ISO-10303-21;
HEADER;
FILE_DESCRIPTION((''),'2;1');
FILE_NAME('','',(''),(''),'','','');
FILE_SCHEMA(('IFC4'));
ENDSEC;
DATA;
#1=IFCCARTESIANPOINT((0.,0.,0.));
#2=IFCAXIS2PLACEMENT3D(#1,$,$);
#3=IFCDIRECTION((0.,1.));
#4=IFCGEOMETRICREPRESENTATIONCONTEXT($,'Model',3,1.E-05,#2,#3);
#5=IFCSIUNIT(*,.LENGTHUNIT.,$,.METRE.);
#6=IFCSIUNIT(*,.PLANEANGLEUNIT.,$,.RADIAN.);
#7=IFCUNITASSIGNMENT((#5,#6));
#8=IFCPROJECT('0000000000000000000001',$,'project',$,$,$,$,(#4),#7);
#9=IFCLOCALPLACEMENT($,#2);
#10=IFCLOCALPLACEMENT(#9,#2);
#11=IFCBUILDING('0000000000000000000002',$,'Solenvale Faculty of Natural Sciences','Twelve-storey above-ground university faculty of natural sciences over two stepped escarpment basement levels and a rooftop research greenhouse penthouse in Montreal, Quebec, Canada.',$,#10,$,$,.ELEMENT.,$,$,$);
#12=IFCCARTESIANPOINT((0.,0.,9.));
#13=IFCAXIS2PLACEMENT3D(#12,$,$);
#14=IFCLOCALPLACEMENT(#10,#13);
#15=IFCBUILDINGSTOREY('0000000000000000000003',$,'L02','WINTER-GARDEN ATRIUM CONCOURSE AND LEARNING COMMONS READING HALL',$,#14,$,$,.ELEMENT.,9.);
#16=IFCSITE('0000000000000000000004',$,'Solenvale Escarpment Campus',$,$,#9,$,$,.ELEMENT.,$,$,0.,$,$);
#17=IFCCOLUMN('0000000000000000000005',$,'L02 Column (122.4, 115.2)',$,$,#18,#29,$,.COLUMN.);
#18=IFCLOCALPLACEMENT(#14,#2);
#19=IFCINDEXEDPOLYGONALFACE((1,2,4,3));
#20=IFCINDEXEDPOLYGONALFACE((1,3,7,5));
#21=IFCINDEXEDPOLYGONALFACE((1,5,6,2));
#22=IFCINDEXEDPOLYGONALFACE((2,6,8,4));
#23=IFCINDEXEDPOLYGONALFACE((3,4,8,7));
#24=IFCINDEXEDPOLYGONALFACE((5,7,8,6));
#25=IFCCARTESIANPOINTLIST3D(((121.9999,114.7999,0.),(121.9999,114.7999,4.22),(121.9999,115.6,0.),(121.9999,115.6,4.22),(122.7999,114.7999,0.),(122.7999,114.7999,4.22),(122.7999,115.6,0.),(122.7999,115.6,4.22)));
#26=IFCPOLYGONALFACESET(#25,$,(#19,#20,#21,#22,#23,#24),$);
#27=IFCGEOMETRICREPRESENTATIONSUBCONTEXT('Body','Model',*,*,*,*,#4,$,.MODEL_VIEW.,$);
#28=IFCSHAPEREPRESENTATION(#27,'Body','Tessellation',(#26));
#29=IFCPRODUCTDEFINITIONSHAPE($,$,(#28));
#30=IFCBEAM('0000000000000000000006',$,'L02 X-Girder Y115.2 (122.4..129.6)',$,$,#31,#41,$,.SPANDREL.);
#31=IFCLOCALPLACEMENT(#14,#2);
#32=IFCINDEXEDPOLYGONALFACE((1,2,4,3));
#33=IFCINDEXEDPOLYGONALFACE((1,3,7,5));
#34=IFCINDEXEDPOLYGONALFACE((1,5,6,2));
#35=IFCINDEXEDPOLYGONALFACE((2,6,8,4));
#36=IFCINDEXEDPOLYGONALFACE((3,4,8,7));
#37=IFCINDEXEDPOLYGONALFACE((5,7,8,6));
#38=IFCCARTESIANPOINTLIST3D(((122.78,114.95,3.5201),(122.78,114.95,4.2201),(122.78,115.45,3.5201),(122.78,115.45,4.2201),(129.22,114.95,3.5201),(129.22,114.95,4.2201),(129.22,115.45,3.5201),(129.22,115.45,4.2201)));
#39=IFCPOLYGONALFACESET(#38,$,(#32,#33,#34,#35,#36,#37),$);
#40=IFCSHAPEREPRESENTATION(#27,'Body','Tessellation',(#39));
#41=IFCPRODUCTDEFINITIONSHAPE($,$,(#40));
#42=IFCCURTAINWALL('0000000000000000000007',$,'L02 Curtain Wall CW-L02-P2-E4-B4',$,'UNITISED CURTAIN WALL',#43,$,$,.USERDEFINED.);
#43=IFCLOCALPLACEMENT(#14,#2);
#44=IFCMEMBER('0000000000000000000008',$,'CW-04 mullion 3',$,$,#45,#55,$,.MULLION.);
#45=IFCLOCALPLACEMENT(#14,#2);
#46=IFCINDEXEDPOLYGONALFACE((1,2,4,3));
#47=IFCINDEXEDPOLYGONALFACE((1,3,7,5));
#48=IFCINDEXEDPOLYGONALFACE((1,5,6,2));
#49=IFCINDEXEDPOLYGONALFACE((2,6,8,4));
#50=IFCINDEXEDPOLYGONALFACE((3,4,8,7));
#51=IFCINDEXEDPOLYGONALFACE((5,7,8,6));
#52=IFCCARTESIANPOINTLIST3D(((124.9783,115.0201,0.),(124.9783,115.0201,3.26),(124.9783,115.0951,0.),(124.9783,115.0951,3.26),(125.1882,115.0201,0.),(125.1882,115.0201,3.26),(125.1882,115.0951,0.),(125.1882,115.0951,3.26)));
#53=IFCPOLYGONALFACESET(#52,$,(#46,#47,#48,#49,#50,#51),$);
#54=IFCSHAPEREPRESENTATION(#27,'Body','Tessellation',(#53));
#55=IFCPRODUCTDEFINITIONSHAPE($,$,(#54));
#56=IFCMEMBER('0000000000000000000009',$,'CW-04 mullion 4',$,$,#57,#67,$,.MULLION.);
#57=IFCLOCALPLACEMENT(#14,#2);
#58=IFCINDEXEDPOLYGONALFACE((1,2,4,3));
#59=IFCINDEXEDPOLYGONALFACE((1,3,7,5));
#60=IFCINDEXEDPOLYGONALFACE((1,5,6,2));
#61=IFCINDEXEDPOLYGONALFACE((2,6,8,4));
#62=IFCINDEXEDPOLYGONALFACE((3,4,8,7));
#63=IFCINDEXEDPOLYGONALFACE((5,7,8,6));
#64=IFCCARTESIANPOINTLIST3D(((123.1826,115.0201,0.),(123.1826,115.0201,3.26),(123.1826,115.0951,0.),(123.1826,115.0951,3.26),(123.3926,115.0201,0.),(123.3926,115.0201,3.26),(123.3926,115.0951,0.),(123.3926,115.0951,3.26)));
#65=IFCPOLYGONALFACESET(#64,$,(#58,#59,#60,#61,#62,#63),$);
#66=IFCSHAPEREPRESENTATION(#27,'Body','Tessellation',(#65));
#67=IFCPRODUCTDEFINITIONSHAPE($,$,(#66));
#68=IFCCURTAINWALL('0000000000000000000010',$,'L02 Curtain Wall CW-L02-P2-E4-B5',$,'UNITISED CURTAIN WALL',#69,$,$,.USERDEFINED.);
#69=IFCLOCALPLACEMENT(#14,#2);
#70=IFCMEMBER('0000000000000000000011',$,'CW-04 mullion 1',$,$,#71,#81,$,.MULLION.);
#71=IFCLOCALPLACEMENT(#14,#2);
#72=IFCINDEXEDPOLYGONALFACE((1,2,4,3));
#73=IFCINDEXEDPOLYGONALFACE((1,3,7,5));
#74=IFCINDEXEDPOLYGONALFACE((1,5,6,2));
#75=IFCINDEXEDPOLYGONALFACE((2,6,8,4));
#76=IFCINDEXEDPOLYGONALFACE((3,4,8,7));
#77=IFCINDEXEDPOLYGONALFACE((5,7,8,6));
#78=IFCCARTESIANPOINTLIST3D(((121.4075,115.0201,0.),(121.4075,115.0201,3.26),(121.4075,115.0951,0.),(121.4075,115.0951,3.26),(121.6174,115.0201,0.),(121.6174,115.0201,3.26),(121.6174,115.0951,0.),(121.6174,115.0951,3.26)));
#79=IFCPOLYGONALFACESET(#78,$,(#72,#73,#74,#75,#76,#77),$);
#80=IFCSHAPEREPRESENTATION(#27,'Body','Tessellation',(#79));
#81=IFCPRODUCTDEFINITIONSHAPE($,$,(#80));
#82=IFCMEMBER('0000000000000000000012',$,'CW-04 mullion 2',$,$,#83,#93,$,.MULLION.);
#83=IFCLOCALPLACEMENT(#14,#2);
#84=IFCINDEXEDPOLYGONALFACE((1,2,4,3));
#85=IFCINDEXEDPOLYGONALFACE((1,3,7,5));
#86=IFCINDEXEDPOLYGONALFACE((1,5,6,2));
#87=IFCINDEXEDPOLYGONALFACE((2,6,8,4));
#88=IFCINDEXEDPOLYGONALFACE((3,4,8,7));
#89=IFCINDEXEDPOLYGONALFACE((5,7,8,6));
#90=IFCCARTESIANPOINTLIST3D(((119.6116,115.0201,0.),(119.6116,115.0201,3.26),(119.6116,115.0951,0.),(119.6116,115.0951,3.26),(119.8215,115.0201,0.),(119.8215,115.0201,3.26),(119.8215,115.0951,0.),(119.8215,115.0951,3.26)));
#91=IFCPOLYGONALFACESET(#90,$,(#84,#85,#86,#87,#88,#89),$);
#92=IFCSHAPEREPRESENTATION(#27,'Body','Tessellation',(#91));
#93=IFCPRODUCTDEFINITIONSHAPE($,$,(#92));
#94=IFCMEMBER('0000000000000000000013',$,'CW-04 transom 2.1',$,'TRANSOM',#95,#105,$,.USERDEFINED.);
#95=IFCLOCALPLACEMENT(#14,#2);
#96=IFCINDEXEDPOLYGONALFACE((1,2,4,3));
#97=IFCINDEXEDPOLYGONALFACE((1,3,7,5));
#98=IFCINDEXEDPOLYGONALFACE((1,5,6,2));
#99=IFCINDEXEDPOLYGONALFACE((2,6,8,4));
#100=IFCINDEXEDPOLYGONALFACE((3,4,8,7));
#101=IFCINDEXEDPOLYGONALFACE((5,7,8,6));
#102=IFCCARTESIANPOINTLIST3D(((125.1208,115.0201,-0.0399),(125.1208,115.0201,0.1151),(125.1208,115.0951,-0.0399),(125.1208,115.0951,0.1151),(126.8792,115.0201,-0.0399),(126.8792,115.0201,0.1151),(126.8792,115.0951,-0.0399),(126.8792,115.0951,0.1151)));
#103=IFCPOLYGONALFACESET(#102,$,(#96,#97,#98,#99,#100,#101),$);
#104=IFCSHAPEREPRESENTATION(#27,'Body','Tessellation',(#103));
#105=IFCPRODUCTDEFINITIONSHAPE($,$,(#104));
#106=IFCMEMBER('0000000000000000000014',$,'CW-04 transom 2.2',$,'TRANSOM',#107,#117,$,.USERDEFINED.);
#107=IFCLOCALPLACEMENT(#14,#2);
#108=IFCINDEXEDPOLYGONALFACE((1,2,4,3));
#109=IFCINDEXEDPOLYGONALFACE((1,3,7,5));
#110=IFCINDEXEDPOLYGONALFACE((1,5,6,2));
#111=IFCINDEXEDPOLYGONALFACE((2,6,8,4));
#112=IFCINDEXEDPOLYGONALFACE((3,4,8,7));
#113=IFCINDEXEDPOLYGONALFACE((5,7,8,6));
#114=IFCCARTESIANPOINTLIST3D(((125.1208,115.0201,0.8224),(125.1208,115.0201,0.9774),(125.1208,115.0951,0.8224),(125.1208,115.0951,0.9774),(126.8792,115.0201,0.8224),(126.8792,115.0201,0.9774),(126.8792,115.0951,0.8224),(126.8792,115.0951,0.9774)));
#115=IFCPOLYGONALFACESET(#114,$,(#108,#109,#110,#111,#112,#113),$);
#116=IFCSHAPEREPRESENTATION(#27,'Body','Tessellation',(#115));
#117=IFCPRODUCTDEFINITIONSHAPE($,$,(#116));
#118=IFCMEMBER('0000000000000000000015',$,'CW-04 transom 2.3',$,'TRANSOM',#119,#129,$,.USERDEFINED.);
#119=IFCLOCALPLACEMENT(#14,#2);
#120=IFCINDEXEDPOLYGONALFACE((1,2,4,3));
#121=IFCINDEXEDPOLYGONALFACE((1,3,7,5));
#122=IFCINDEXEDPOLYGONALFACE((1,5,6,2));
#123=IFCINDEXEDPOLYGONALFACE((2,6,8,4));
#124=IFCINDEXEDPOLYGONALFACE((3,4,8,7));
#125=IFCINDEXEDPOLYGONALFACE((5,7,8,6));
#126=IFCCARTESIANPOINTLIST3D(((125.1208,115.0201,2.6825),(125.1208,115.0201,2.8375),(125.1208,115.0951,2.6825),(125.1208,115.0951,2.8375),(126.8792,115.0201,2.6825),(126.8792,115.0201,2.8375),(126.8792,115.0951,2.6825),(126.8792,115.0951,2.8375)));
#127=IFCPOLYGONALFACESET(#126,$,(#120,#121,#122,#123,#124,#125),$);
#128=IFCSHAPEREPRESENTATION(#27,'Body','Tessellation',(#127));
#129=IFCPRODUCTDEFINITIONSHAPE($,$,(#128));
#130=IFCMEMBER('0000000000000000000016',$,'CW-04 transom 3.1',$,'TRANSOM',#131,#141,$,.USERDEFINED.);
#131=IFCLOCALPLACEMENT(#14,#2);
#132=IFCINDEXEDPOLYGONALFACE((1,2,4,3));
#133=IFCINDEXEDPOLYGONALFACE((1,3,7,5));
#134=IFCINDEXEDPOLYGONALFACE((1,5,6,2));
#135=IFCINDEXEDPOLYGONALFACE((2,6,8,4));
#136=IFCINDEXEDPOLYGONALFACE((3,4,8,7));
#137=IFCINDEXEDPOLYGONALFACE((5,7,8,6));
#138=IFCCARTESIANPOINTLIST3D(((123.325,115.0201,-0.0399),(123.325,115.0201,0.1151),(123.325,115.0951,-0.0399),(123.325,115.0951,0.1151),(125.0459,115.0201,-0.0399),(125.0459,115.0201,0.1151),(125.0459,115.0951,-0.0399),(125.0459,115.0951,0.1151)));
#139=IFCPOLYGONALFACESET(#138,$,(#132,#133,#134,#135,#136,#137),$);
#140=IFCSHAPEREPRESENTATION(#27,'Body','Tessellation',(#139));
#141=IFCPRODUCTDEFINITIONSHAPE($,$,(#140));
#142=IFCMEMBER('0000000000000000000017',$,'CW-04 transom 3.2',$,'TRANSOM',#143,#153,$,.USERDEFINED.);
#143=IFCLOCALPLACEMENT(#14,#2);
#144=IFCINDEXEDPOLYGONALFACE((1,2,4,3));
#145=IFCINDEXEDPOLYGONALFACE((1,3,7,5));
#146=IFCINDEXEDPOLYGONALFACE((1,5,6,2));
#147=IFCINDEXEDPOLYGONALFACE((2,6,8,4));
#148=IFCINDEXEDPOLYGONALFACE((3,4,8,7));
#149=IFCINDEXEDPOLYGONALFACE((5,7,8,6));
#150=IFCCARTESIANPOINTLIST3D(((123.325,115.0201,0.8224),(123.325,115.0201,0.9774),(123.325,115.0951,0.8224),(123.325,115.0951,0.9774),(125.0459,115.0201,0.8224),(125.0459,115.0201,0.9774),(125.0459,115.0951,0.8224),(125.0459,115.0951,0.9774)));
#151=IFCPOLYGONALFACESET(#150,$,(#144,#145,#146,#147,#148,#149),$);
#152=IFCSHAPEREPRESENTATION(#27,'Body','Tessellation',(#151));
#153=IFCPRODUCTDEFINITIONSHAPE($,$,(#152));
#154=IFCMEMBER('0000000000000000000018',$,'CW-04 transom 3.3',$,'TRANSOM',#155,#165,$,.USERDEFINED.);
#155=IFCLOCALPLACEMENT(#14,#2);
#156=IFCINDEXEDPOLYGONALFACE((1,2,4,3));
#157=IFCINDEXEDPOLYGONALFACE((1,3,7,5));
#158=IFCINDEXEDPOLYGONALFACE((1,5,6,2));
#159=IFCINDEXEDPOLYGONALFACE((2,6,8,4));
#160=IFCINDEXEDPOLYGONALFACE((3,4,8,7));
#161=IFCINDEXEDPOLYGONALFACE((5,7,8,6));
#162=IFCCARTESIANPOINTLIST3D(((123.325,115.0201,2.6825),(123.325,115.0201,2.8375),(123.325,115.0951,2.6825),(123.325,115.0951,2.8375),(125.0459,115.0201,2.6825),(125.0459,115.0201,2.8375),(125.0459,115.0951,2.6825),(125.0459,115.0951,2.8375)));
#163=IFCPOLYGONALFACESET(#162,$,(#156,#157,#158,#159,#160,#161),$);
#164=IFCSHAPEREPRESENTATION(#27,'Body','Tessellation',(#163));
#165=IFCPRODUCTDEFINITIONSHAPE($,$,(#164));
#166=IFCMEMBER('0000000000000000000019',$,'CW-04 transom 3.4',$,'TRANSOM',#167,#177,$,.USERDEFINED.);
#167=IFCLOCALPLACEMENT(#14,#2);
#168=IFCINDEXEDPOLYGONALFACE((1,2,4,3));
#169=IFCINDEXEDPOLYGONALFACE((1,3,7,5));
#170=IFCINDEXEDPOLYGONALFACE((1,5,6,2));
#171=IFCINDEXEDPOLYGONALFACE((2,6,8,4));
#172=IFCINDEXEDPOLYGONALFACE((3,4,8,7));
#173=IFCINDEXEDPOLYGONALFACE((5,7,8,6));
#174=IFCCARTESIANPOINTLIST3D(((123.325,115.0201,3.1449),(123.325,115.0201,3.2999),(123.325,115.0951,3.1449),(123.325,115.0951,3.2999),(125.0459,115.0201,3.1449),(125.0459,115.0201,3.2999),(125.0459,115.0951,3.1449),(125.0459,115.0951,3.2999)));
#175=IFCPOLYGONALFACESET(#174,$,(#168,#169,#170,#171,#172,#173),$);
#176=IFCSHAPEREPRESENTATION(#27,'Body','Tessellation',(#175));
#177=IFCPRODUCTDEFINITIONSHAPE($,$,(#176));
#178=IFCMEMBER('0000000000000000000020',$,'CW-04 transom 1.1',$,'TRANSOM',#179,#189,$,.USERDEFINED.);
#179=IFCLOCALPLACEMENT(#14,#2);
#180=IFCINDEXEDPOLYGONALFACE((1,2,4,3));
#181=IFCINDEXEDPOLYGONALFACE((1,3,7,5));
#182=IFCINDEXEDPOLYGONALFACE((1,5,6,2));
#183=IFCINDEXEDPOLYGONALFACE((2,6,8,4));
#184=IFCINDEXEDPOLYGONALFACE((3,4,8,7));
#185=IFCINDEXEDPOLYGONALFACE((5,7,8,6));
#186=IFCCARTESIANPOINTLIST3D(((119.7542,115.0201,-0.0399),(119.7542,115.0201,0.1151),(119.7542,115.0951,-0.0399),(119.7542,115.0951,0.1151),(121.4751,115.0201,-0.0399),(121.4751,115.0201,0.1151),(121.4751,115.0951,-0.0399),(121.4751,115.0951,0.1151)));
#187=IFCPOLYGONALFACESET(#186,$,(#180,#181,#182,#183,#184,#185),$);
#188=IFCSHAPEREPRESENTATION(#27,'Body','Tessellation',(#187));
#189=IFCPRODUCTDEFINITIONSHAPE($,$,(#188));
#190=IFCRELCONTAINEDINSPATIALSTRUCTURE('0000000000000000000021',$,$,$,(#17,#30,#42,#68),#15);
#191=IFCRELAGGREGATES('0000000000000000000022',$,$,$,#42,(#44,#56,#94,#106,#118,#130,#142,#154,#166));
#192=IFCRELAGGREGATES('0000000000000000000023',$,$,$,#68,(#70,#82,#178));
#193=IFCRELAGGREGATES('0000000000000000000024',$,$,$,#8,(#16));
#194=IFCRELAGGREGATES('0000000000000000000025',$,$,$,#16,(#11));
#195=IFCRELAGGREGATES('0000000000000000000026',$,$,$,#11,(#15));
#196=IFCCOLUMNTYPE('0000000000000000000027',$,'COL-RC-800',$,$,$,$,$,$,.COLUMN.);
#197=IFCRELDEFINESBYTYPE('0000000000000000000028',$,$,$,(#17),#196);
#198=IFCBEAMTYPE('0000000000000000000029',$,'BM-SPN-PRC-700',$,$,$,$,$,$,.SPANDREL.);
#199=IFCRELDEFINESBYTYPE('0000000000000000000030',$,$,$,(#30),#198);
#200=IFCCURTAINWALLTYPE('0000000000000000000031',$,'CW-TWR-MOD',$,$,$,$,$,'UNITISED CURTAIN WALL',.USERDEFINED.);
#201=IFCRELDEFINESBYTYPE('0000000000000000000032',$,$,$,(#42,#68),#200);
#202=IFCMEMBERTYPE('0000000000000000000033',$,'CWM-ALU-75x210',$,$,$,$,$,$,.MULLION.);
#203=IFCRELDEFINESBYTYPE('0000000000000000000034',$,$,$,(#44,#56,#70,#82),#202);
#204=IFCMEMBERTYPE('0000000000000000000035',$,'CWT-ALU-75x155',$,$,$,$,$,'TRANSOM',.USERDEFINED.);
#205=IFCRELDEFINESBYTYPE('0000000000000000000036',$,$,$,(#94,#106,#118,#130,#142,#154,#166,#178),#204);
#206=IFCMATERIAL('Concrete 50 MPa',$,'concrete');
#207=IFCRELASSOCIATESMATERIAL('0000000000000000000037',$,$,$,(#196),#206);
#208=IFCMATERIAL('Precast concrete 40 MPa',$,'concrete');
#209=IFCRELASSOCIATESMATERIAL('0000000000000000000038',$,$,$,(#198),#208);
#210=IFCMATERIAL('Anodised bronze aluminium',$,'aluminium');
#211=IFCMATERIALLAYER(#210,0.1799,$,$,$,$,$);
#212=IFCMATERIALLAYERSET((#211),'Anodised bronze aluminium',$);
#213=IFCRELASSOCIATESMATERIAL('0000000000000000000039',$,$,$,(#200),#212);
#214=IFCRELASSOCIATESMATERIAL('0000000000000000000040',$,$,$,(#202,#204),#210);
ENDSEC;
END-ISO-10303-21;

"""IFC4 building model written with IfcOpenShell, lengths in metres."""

from ifc_helpers import new_model, si_unit, direction, frame, origin, origin_2d, place, context, subcontext, project, spatial, rectangle, extrude, material, layer, layer_set, material_profile, profile_set, type_object, element, aggregate, save


model = new_model("IFC4")

# Units and contexts
model_context = context("Model", 3, precision=1e-05, world=origin(), true_north=direction((0.0, 1.0)))
body_context = subcontext(model_context, "Body", "Model", "MODEL_VIEW")
ifc_project = project(units=[si_unit("LENGTHUNIT", "METRE"), si_unit("PLANEANGLEUNIT", "RADIAN")], contexts=[model_context])

# Site, building, storey
site_placement = place(None, origin())
site = spatial("IfcSite", under=ifc_project, at=site_placement, Name="Solenvale Escarpment Campus", CompositionType="ELEMENT", RefElevation=0.0)
building_placement = place(site_placement, origin())
building = spatial("IfcBuilding", under=site, at=building_placement, Name="Solenvale Faculty of Natural Sciences", Description="Twelve-storey above-ground university faculty of natural sciences over two stepped escarpment basement levels and a rooftop research greenhouse penthouse in Montreal, Quebec, Canada.", CompositionType="ELEMENT")
storey_placement = place(building_placement, frame((0.0, 0.0, 9.0)))
storey = spatial("IfcBuildingStorey", under=building, at=storey_placement, Name="L02", Description="WINTER-GARDEN ATRIUM CONCOURSE AND LEARNING COMMONS READING HALL", CompositionType="ELEMENT", Elevation=9.0)

# Column
ifc_material_1 = material(Name="Concrete 50 MPa", Category="concrete")
ifc_material_profile_1 = material_profile(ifc_material_1, rectangle(XDim=0.8, YDim=0.8, at=origin_2d()), Name="RC-COL-800x800")
ifc_profile_set_1 = profile_set([ifc_material_profile_1], Name="Concrete 50 MPa")
column_type = type_object("IfcColumnType", Name="COL-RC-800", PredefinedType="COLUMN", material=ifc_profile_set_1)
column_placement = place(storey_placement, frame((122.3999, 115.2, 0.0), z_axis=(0.0, 0.0, 1.0), x_axis=(1.0, 0.0, 0.0)))
element("IfcColumn", 1, at=column_placement, inside=storey, type_object=column_type, Name="L02 Column (122.4, 115.2)", PredefinedType="COLUMN", context=body_context, shape_type="SweptSolid", body=[
    extrude(rectangle(XDim=0.8, YDim=0.8, at=origin_2d()), origin(), (0.0, 0.0, 1.0), 4.22),
])

# Beam
ifc_material_2 = material(Name="Precast concrete 40 MPa", Category="concrete")
ifc_material_profile_2 = material_profile(ifc_material_2, rectangle(XDim=0.5, YDim=0.7, at=origin_2d()), Name="RC-BM-500x700")
ifc_profile_set_2 = profile_set([ifc_material_profile_2], Name="Precast concrete 40 MPa")
beam_type = type_object("IfcBeamType", Name="BM-SPN-PRC-700", PredefinedType="SPANDREL", material=ifc_profile_set_2)
beam_placement = place(storey_placement, frame((122.78, 115.2, 3.8701), z_axis=(1.0, 0.0, 0.0), x_axis=(0.0, 1.0, 0.0)))
element("IfcBeam", 2, at=beam_placement, inside=storey, type_object=beam_type, Name="L02 X-Girder Y115.2 (122.4..129.6)", PredefinedType="SPANDREL", context=body_context, shape_type="SweptSolid", body=[
    extrude(rectangle(XDim=0.5, YDim=0.7, at=origin_2d()), origin(), (0.0, 0.0, 1.0), 6.4399),
])

# Curtain walls, members
ifc_material_3 = material(Name="Anodised bronze aluminium", Category="aluminium")
ifc_layer_1 = layer(ifc_material_3, 0.1799)
ifc_layer_set_1 = layer_set([ifc_layer_1], Name="Anodised bronze aluminium")
curtain_wall_type = type_object("IfcCurtainWallType", Name="CW-TWR-MOD", ElementType="UNITISED CURTAIN WALL", PredefinedType="USERDEFINED", material=ifc_layer_set_1)
curtain_wall_1_placement = place(storey_placement, origin())
curtain_wall_1 = element("IfcCurtainWall", 3, at=curtain_wall_1_placement, inside=storey, type_object=curtain_wall_type, Name="L02 Curtain Wall CW-L02-P2-E4-B4", ObjectType="UNITISED CURTAIN WALL", PredefinedType="USERDEFINED")
ifc_material_profile_3 = material_profile(ifc_material_3, rectangle(XDim=0.075, YDim=0.21, at=origin_2d()), Name="ALU-MUL-75x210")
ifc_profile_set_3 = profile_set([ifc_material_profile_3], Name="Anodised bronze aluminium")
member_type_1 = type_object("IfcMemberType", Name="CWM-ALU-75x210", PredefinedType="MULLION", material=ifc_profile_set_3)
member_1_placement = place(storey_placement, frame((125.0833, 115.0576, 0.0), z_axis=(0.0, 0.0, 1.0), x_axis=(0.0, -1.0, 0.0)))
member_1 = element("IfcMember", 4, at=member_1_placement, type_object=member_type_1, Name="CW-04 mullion 3", PredefinedType="MULLION", context=body_context, shape_type="SweptSolid", body=[
    extrude(rectangle(XDim=0.075, YDim=0.21, at=origin_2d()), origin(), (0.0, 0.0, 1.0), 3.26),
])
member_2_placement = place(storey_placement, frame((123.2876, 115.0576, 0.0), z_axis=(0.0, 0.0, 1.0), x_axis=(0.0, -1.0, 0.0)))
member_2 = element("IfcMember", 5, at=member_2_placement, type_object=member_type_1, Name="CW-04 mullion 4", PredefinedType="MULLION", context=body_context, shape_type="SweptSolid", body=[
    extrude(rectangle(XDim=0.075, YDim=0.21, at=origin_2d()), origin(), (0.0, 0.0, 1.0), 3.26),
])
curtain_wall_2_placement = place(storey_placement, origin())
curtain_wall_2 = element("IfcCurtainWall", 6, at=curtain_wall_2_placement, inside=storey, type_object=curtain_wall_type, Name="L02 Curtain Wall CW-L02-P2-E4-B5", ObjectType="UNITISED CURTAIN WALL", PredefinedType="USERDEFINED")
member_3_placement = place(storey_placement, frame((121.5125, 115.0576, 0.0), z_axis=(0.0, 0.0, 1.0), x_axis=(0.0, -1.0, 0.0)))
member_3 = element("IfcMember", 7, at=member_3_placement, type_object=member_type_1, Name="CW-04 mullion 1", PredefinedType="MULLION", context=body_context, shape_type="SweptSolid", body=[
    extrude(rectangle(XDim=0.075, YDim=0.21, at=origin_2d()), origin(), (0.0, 0.0, 1.0), 3.26),
])
member_4_placement = place(storey_placement, frame((119.7166, 115.0576, 0.0), z_axis=(0.0, 0.0, 1.0), x_axis=(0.0, -1.0, 0.0)))
member_4 = element("IfcMember", 8, at=member_4_placement, type_object=member_type_1, Name="CW-04 mullion 2", PredefinedType="MULLION", context=body_context, shape_type="SweptSolid", body=[
    extrude(rectangle(XDim=0.075, YDim=0.21, at=origin_2d()), origin(), (0.0, 0.0, 1.0), 3.26),
])

# Members
ifc_material_profile_4 = material_profile(ifc_material_3, rectangle(XDim=0.075, YDim=0.155, at=origin_2d()), Name="ALU-TRN-75x155")
ifc_profile_set_4 = profile_set([ifc_material_profile_4], Name="Anodised bronze aluminium")
member_type_2 = type_object("IfcMemberType", Name="CWT-ALU-75x155", ElementType="TRANSOM", PredefinedType="USERDEFINED", material=ifc_profile_set_4)
member_5_placement = place(storey_placement, frame((126.8792, 115.0576, 0.0376), z_axis=(-1.0, 0.0, 0.0), x_axis=(0.0, -1.0, 0.0)))
member_5 = element("IfcMember", 9, at=member_5_placement, type_object=member_type_2, Name="CW-04 transom 2.1", ObjectType="TRANSOM", PredefinedType="USERDEFINED", context=body_context, shape_type="SweptSolid", body=[
    extrude(rectangle(XDim=0.075, YDim=0.155, at=origin_2d()), origin(), (0.0, 0.0, 1.0), 1.7583),
])
member_6_placement = place(storey_placement, frame((126.8792, 115.0576, 0.8999), z_axis=(-1.0, 0.0, 0.0), x_axis=(0.0, -1.0, 0.0)))
member_6 = element("IfcMember", 10, at=member_6_placement, type_object=member_type_2, Name="CW-04 transom 2.2", ObjectType="TRANSOM", PredefinedType="USERDEFINED", context=body_context, shape_type="SweptSolid", body=[
    extrude(rectangle(XDim=0.075, YDim=0.155, at=origin_2d()), origin(), (0.0, 0.0, 1.0), 1.7583),
])
member_7_placement = place(storey_placement, frame((126.8792, 115.0576, 2.76), z_axis=(-1.0, 0.0, 0.0), x_axis=(0.0, -1.0, 0.0)))
member_7 = element("IfcMember", 11, at=member_7_placement, type_object=member_type_2, Name="CW-04 transom 2.3", ObjectType="TRANSOM", PredefinedType="USERDEFINED", context=body_context, shape_type="SweptSolid", body=[
    extrude(rectangle(XDim=0.075, YDim=0.155, at=origin_2d()), origin(), (0.0, 0.0, 1.0), 1.7583),
])
member_8_placement = place(storey_placement, frame((125.0459, 115.0576, 0.0376), z_axis=(-1.0, 0.0, 0.0), x_axis=(0.0, -1.0, 0.0)))
member_8 = element("IfcMember", 12, at=member_8_placement, type_object=member_type_2, Name="CW-04 transom 3.1", ObjectType="TRANSOM", PredefinedType="USERDEFINED", context=body_context, shape_type="SweptSolid", body=[
    extrude(rectangle(XDim=0.075, YDim=0.155, at=origin_2d()), origin(), (0.0, 0.0, 1.0), 1.7209),
])
member_9_placement = place(storey_placement, frame((125.0459, 115.0576, 0.8999), z_axis=(-1.0, 0.0, 0.0), x_axis=(0.0, -1.0, 0.0)))
member_9 = element("IfcMember", 13, at=member_9_placement, type_object=member_type_2, Name="CW-04 transom 3.2", ObjectType="TRANSOM", PredefinedType="USERDEFINED", context=body_context, shape_type="SweptSolid", body=[
    extrude(rectangle(XDim=0.075, YDim=0.155, at=origin_2d()), origin(), (0.0, 0.0, 1.0), 1.7209),
])
member_10_placement = place(storey_placement, frame((125.0459, 115.0576, 2.76), z_axis=(-1.0, 0.0, 0.0), x_axis=(0.0, -1.0, 0.0)))
member_10 = element("IfcMember", 14, at=member_10_placement, type_object=member_type_2, Name="CW-04 transom 3.3", ObjectType="TRANSOM", PredefinedType="USERDEFINED", context=body_context, shape_type="SweptSolid", body=[
    extrude(rectangle(XDim=0.075, YDim=0.155, at=origin_2d()), origin(), (0.0, 0.0, 1.0), 1.7209),
])
member_11_placement = place(storey_placement, frame((125.0459, 115.0576, 3.2224), z_axis=(-1.0, 0.0, 0.0), x_axis=(0.0, -1.0, 0.0)))
member_11 = element("IfcMember", 15, at=member_11_placement, type_object=member_type_2, Name="CW-04 transom 3.4", ObjectType="TRANSOM", PredefinedType="USERDEFINED", context=body_context, shape_type="SweptSolid", body=[
    extrude(rectangle(XDim=0.075, YDim=0.155, at=origin_2d()), origin(), (0.0, 0.0, 1.0), 1.7209),
])
member_12_placement = place(storey_placement, frame((121.4751, 115.0576, 0.0376), z_axis=(-1.0, 0.0, 0.0), x_axis=(0.0, -1.0, 0.0)))
member_12 = element("IfcMember", 16, at=member_12_placement, type_object=member_type_2, Name="CW-04 transom 1.1", ObjectType="TRANSOM", PredefinedType="USERDEFINED", context=body_context, shape_type="SweptSolid", body=[
    extrude(rectangle(XDim=0.075, YDim=0.155, at=origin_2d()), origin(), (0.0, 0.0, 1.0), 1.7209),
])

aggregate(curtain_wall_1, [member_1, member_2, member_5, member_6, member_7, member_8, member_9, member_10, member_11])
aggregate(curtain_wall_2, [member_3, member_4, member_12])

save(model, "model.ifc")
